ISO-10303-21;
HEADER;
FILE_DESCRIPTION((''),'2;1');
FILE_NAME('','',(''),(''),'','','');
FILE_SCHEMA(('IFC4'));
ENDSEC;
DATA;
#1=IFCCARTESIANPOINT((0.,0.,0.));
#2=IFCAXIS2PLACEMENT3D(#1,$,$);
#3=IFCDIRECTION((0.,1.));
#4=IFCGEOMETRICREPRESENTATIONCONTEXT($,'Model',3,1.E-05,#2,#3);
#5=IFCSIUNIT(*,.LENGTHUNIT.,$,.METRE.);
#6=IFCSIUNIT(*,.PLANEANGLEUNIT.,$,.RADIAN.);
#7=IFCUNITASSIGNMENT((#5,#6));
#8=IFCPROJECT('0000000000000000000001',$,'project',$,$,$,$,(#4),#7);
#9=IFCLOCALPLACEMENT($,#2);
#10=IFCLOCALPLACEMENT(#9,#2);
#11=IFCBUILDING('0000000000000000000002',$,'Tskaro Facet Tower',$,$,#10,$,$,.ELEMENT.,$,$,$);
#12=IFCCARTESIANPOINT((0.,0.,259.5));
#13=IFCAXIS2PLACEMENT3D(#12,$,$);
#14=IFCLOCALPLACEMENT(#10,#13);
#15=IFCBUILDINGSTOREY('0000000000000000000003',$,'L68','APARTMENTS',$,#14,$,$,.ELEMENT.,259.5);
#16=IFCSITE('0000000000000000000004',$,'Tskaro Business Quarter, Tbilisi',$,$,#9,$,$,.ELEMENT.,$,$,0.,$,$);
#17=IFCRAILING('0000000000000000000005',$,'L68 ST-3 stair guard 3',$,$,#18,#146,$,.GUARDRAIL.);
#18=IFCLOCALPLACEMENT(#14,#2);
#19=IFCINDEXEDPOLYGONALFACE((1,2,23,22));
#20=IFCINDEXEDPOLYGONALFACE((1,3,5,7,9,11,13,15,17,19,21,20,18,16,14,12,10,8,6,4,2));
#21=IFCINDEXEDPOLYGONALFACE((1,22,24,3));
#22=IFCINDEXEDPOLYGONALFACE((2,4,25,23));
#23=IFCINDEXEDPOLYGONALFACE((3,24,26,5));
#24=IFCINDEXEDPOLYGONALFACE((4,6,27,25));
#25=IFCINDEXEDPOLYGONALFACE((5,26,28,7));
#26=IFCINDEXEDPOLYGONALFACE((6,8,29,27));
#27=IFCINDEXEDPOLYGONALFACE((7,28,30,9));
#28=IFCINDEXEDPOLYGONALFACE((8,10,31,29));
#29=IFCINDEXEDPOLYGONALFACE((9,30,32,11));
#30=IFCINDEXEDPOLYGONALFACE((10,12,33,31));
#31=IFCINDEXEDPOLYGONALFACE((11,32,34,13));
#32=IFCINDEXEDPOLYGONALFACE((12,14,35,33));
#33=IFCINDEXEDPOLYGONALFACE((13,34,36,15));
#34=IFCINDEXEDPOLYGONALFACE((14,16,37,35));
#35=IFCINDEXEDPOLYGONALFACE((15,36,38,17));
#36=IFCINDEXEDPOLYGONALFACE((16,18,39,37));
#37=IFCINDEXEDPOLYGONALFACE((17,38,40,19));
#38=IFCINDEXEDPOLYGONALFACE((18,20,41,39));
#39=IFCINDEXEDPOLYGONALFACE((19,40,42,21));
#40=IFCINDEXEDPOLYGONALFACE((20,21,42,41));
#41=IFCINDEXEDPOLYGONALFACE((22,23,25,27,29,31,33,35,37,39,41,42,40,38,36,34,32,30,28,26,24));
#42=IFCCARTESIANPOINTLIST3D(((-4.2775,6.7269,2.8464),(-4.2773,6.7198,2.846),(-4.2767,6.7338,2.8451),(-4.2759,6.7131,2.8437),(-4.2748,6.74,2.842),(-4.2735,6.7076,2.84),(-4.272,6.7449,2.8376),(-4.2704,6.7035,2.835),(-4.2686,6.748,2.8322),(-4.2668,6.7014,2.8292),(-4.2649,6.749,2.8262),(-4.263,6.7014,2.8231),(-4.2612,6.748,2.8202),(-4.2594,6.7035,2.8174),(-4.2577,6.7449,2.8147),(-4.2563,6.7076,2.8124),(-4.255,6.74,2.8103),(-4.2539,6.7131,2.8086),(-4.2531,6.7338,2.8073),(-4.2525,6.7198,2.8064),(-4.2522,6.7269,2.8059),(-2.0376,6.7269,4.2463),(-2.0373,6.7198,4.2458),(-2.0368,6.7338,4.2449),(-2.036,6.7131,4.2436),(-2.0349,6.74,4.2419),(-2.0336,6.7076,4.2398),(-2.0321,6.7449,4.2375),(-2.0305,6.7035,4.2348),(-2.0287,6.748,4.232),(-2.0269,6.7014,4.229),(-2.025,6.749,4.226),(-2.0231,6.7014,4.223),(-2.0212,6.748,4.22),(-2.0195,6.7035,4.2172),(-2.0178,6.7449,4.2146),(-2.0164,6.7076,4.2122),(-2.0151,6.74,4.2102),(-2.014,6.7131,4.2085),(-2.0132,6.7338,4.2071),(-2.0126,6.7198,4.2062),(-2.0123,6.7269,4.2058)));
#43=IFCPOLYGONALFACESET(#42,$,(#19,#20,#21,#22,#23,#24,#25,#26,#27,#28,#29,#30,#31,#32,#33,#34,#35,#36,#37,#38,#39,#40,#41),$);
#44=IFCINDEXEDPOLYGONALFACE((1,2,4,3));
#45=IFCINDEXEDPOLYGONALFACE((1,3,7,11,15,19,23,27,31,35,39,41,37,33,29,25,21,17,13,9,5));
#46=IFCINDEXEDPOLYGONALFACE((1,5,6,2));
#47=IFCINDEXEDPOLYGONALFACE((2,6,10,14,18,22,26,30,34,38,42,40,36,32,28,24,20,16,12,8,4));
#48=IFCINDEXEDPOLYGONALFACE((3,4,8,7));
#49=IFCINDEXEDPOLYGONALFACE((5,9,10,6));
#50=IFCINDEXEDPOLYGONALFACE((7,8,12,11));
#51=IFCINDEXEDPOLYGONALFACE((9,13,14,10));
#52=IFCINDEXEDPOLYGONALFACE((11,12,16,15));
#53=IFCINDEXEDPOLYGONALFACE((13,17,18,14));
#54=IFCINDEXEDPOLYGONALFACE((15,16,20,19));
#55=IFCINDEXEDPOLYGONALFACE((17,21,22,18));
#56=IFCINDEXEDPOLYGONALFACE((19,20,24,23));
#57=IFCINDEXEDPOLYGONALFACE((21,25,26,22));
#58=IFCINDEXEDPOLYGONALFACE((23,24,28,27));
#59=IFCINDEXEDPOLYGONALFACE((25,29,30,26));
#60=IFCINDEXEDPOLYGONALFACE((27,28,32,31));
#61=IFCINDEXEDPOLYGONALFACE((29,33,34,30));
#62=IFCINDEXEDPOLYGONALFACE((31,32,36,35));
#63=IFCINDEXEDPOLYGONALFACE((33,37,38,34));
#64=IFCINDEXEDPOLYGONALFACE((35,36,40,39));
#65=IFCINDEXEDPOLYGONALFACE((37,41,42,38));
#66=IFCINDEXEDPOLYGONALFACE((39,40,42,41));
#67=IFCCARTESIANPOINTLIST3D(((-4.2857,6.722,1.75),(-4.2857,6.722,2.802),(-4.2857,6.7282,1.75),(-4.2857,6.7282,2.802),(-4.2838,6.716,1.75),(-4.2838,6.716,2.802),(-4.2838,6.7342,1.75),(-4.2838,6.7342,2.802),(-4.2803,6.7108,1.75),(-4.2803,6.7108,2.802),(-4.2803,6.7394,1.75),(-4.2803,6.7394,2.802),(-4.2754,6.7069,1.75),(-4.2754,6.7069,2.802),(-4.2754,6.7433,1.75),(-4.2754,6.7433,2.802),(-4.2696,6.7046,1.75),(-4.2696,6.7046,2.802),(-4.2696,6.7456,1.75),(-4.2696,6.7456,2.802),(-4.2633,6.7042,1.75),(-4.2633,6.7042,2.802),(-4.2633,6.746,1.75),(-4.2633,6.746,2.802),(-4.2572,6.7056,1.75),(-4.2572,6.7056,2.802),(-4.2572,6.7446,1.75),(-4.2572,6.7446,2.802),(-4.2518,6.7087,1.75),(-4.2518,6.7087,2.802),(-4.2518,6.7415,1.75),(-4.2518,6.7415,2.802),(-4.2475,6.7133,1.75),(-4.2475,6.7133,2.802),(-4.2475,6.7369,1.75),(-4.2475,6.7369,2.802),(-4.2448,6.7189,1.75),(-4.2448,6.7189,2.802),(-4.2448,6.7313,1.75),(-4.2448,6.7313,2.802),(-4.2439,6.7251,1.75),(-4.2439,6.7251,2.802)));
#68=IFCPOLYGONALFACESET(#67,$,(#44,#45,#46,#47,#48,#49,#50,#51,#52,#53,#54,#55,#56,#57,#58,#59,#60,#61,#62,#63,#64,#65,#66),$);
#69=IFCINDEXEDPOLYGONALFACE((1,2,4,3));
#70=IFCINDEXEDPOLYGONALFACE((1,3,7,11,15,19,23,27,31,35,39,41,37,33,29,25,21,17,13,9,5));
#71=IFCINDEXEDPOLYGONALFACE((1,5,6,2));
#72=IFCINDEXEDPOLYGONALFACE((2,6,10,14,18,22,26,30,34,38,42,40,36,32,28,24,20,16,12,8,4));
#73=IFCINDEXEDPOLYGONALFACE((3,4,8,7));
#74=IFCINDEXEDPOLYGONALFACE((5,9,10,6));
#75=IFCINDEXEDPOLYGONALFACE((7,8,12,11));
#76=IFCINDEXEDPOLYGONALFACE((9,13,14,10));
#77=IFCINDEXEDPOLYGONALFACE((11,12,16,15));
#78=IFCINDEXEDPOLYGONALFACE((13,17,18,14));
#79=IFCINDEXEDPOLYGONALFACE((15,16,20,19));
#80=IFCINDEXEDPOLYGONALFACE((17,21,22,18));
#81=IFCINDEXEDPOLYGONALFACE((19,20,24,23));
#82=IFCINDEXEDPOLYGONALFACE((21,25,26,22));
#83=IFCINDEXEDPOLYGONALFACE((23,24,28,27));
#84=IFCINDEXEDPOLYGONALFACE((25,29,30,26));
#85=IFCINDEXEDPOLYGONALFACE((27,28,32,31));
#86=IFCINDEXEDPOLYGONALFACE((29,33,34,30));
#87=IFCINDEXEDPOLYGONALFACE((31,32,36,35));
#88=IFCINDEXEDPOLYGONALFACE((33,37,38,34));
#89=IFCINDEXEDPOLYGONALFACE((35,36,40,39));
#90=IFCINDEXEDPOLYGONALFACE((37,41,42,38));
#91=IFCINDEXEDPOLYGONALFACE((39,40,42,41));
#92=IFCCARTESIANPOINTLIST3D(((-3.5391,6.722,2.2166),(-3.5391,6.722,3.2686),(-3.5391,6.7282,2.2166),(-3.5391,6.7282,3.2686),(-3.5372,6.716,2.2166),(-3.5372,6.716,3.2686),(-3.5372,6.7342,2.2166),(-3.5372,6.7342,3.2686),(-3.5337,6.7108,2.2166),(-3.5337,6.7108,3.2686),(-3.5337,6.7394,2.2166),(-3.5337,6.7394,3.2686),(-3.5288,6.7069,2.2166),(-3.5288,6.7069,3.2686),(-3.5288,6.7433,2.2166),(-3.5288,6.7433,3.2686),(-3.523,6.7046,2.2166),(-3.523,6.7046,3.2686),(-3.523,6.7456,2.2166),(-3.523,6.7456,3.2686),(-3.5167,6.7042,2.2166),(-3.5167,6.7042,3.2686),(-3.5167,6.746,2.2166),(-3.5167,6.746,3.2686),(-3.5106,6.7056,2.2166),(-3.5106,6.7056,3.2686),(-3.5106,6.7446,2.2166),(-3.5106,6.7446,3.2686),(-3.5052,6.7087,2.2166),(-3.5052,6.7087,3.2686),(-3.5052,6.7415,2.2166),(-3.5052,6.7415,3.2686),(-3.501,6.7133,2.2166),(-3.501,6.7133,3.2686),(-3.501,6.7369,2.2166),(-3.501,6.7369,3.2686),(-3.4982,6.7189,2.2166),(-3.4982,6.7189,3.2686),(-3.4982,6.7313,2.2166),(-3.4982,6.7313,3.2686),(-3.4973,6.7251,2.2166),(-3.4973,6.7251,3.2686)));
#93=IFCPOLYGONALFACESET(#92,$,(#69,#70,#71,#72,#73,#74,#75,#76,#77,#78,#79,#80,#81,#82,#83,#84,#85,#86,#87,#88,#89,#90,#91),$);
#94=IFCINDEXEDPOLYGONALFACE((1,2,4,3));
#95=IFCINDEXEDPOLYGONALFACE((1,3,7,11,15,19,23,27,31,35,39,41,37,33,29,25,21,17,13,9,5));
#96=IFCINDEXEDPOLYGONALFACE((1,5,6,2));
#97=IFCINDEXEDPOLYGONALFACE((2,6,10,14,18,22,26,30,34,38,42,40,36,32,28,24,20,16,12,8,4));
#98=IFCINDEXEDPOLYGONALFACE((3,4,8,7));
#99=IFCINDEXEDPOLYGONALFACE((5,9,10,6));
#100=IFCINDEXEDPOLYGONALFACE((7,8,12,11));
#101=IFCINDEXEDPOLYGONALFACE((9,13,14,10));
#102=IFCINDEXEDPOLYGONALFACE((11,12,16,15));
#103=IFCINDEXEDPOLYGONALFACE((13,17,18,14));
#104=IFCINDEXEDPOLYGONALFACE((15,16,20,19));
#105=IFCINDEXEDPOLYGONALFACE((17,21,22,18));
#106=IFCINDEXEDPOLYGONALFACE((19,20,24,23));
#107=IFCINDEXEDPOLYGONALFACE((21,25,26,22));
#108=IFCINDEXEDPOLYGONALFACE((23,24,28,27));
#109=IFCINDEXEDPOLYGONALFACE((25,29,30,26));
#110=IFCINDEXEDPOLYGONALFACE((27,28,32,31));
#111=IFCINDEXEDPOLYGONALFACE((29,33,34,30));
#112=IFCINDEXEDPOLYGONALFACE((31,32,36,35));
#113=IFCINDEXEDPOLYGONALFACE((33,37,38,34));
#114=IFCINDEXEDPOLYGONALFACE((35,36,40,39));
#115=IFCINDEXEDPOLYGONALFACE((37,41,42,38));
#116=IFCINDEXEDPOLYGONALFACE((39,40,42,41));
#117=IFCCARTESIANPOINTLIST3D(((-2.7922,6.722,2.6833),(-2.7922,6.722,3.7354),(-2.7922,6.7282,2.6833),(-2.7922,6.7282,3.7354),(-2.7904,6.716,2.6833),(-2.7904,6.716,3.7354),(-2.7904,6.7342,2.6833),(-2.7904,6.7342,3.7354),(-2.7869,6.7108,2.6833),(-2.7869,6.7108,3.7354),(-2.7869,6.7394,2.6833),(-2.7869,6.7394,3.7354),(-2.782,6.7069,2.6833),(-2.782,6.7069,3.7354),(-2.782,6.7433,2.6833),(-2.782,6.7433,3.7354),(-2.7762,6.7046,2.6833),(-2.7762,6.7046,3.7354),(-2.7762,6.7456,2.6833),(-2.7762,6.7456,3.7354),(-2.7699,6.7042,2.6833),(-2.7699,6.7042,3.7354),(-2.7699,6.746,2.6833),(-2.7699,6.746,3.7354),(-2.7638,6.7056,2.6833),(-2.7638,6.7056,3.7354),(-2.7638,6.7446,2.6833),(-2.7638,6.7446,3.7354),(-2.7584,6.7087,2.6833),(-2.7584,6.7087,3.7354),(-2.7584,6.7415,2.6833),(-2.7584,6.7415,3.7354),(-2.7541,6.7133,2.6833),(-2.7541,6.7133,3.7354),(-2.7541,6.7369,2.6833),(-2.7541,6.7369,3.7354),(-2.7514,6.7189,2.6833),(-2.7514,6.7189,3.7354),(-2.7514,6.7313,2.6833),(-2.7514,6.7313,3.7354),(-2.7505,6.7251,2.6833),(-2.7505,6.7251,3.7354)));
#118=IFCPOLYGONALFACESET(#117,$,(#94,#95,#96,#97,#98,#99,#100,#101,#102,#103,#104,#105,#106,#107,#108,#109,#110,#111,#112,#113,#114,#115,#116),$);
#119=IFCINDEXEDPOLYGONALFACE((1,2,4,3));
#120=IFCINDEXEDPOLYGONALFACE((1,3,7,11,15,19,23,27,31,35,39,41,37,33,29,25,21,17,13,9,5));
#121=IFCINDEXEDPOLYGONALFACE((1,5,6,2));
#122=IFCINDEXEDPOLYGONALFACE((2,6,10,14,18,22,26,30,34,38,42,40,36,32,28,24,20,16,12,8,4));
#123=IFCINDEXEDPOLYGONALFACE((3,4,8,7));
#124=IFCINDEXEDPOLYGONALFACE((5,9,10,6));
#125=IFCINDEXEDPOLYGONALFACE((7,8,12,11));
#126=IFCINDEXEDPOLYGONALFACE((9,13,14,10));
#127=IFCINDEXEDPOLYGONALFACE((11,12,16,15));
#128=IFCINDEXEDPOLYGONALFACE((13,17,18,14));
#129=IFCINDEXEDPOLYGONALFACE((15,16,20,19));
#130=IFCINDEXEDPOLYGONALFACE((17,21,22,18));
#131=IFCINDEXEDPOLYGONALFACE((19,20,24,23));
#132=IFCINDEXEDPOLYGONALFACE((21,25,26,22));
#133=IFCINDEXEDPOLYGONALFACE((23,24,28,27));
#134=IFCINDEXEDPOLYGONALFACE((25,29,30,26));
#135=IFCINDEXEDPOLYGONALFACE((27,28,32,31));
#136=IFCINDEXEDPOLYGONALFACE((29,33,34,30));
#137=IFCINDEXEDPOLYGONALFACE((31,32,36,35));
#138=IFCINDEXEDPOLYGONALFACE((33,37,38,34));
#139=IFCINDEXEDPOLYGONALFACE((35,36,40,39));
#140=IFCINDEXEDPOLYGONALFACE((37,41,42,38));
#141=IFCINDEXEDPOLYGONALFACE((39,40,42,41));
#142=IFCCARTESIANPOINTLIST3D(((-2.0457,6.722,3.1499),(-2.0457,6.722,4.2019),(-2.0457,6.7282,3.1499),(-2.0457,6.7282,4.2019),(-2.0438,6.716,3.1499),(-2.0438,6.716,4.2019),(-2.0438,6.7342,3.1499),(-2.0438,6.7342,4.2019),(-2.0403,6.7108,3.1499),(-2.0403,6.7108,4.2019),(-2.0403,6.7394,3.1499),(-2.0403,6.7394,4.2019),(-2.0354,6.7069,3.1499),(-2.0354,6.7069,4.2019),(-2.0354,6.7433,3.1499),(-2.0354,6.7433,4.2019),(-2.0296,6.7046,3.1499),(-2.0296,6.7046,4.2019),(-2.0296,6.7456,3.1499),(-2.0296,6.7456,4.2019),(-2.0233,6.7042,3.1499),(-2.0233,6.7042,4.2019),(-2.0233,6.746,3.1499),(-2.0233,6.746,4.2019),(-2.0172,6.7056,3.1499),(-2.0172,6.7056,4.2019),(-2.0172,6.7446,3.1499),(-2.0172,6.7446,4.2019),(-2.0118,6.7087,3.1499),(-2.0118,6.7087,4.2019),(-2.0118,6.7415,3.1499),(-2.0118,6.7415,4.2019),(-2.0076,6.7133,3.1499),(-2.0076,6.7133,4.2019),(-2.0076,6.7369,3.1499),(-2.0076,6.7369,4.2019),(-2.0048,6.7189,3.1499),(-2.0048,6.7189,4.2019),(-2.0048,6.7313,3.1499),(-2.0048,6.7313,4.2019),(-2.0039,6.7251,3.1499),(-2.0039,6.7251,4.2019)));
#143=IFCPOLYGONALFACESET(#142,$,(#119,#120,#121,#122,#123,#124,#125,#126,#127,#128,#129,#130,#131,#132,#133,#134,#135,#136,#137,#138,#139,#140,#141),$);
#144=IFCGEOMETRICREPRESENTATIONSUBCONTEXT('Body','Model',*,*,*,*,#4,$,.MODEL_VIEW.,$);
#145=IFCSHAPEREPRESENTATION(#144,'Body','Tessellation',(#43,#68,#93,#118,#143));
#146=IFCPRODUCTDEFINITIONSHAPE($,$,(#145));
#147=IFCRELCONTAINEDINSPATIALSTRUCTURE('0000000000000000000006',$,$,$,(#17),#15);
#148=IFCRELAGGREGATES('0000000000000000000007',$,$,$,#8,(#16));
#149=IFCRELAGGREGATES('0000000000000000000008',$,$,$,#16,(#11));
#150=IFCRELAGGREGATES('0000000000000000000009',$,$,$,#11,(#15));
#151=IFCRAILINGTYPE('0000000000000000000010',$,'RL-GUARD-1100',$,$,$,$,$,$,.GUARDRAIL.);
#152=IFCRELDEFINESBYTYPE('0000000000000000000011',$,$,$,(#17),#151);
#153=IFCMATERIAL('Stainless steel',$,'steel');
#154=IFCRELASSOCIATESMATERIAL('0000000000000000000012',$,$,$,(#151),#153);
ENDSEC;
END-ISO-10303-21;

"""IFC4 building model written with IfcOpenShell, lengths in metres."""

from ifc_helpers import new_model, si_unit, direction, frame, origin, origin_2d, place, context, subcontext, project, spatial, circle, extrude, material, type_object, element, save


model = new_model("IFC4")

# Units and contexts
model_context = context("Model", 3, precision=1e-05, world=origin(), true_north=direction((0.0, 1.0)))
body_context = subcontext(model_context, "Body", "Model", "MODEL_VIEW")
ifc_project = project(units=[si_unit("LENGTHUNIT", "METRE"), si_unit("PLANEANGLEUNIT", "RADIAN")], contexts=[model_context])

# Site, building, storey
site_placement = place(None, origin())
site = spatial("IfcSite", under=ifc_project, at=site_placement, Name="Tskaro Business Quarter, Tbilisi", CompositionType="ELEMENT", RefElevation=0.0)
building_placement = place(site_placement, origin())
building = spatial("IfcBuilding", under=site, at=building_placement, Name="Tskaro Facet Tower", CompositionType="ELEMENT")
storey_placement = place(building_placement, frame((0.0, 0.0, 259.5)))
storey = spatial("IfcBuildingStorey", under=building, at=storey_placement, Name="L68", Description="APARTMENTS", CompositionType="ELEMENT", Elevation=259.5)

# Railing
ifc_material_1 = material(Name="Stainless steel", Category="steel")
railing_type_1 = type_object("IfcRailingType", Name="RL-GUARD-1100", PredefinedType="GUARDRAIL", material=ifc_material_1)
railing_1_placement = place(storey_placement, frame((-4.2649, 6.7251, 1.75)))
element("IfcRailing", 1, at=railing_1_placement, inside=storey, type_object=railing_type_1, Name="L68 ST-3 stair guard 3", PredefinedType="GUARDRAIL", context=body_context, shape_type="SweptSolid", body=[
    extrude(circle(Radius=0.0239, at=origin_2d()), frame((0.0, 0.0, 1.0762), z_axis=(0.848014, 0.0, 0.529974), x_axis=(0.0, 1.0, 0.0)), (0.0, 0.0, 1.0), 2.6414),
    extrude(circle(Radius=0.021, at=origin_2d()), origin(), (0.0, 0.0, 1.0), 1.052),
    extrude(circle(Radius=0.021, at=origin_2d()), frame((0.7466, 0.0, 0.4666)), (0.0, 0.0, 1.0), 1.052),
    extrude(circle(Radius=0.021, at=origin_2d()), frame((1.4934, 0.0, 0.9333)), (0.0, 0.0, 1.0), 1.052),
    extrude(circle(Radius=0.021, at=origin_2d()), frame((2.24, 0.0, 1.3999)), (0.0, 0.0, 1.0), 1.052),
])

save(model, "model.ifc")
